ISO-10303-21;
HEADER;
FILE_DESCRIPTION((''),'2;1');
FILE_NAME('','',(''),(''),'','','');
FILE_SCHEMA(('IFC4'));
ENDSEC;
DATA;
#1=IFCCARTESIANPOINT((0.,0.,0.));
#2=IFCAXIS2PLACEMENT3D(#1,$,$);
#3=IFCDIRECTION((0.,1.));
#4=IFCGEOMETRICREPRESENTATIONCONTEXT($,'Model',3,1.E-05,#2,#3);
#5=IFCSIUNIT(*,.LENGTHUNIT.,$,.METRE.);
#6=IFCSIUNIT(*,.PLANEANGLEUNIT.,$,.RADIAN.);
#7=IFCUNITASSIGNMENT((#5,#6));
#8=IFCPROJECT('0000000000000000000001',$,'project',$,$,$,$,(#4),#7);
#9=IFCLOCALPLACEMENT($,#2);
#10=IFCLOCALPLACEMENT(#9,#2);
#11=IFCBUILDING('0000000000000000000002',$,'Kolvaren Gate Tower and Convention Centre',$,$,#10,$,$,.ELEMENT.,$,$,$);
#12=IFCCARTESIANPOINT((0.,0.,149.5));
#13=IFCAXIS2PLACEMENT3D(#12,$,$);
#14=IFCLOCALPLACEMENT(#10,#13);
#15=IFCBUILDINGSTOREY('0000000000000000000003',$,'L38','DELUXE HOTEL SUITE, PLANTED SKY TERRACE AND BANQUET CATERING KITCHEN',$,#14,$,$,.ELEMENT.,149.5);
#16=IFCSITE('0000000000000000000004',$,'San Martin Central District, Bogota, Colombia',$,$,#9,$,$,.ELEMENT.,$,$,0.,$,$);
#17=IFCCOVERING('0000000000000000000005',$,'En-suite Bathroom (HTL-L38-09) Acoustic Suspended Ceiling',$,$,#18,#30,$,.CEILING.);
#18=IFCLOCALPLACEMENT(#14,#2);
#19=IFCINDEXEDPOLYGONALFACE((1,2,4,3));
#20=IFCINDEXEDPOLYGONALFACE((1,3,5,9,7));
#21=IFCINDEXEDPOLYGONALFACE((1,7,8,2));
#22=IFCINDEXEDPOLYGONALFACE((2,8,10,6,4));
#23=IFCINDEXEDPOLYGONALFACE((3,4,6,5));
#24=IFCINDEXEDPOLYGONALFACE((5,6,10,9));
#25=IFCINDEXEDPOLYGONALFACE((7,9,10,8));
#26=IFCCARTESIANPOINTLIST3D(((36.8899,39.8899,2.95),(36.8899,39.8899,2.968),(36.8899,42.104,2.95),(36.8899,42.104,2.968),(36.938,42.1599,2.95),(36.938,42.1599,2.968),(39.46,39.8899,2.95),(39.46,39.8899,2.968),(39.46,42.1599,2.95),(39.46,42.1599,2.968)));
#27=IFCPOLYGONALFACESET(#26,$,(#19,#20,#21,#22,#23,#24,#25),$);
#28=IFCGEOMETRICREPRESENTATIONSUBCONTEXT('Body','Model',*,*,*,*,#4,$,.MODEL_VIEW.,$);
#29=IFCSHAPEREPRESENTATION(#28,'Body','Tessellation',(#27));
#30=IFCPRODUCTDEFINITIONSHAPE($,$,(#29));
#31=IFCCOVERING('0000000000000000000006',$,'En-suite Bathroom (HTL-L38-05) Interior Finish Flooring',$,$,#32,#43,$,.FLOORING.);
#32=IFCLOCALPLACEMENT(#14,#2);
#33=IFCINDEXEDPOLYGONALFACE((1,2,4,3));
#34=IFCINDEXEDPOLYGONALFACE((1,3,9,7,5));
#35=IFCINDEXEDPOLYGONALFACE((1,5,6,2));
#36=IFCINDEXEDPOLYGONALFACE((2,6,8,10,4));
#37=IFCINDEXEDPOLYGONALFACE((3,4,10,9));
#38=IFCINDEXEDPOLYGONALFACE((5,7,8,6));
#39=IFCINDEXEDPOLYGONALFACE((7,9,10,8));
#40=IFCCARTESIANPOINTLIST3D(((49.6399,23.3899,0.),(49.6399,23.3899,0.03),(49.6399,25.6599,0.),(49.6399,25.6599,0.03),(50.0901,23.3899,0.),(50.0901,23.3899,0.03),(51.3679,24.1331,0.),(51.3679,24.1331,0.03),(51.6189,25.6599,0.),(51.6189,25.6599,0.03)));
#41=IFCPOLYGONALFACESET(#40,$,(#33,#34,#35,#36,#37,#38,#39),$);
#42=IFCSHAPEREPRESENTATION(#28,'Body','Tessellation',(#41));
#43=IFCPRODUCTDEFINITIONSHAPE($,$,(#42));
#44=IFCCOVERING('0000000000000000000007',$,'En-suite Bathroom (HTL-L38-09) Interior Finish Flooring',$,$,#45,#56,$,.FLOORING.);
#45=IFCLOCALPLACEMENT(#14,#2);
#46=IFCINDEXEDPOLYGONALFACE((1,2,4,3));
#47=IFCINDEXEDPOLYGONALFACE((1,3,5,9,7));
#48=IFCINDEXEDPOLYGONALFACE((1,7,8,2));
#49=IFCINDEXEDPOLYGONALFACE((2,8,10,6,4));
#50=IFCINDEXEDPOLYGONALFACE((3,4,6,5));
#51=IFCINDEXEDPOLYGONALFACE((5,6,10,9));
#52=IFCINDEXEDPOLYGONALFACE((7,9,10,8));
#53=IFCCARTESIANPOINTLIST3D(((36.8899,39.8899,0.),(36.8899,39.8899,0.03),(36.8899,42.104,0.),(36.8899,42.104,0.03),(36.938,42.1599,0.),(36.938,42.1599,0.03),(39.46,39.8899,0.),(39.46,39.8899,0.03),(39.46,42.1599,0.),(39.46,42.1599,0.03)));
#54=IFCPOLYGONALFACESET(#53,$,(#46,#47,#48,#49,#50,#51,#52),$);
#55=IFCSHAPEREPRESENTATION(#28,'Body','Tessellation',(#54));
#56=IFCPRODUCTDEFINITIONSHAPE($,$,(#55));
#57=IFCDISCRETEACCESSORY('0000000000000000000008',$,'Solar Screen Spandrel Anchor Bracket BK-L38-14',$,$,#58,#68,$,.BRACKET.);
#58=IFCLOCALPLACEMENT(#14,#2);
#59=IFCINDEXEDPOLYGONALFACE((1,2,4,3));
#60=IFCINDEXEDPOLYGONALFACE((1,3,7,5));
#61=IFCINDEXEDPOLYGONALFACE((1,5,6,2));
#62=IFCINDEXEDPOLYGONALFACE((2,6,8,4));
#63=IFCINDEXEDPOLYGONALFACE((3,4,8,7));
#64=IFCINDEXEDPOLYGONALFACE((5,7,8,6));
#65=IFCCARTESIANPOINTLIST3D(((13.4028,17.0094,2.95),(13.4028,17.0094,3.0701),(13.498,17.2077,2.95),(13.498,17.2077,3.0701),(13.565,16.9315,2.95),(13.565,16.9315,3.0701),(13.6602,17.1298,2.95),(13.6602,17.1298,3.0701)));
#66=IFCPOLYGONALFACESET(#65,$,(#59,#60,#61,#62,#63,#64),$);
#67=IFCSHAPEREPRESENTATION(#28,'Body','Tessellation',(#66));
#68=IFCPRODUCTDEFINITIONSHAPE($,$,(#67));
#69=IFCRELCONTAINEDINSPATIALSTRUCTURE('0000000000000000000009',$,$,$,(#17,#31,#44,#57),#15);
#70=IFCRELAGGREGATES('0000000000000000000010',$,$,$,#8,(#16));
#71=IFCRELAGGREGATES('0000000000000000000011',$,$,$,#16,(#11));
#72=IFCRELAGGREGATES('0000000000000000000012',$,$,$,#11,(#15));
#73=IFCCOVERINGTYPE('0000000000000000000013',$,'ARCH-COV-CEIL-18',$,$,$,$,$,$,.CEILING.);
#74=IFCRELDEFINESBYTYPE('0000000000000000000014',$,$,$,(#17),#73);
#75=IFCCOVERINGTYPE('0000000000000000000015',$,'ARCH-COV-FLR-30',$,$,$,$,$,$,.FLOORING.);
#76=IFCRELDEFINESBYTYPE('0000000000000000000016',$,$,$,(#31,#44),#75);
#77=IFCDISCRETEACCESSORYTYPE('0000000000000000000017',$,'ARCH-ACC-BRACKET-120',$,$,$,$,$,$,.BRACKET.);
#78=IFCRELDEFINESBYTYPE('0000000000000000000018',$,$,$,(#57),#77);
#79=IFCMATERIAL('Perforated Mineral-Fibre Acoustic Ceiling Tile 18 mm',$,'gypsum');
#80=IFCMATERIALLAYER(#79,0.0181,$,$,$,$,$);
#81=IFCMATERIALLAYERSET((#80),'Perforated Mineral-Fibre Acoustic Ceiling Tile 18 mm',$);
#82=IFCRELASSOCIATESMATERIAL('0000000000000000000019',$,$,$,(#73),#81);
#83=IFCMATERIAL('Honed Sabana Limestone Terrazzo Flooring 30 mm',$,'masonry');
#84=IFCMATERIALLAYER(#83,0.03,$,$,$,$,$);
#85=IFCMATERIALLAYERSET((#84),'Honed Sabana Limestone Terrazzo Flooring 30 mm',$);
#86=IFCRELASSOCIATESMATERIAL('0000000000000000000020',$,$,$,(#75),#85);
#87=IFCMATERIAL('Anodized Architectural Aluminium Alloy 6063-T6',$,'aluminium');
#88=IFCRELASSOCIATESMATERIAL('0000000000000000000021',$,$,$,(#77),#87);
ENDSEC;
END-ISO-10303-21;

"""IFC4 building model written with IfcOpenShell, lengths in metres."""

from ifc_helpers import new_model, si_unit, direction, frame, origin, origin_2d, place, context, subcontext, project, spatial, polyline, rectangle, outline, extrude, material, layer, layer_set, type_object, element, save


model = new_model("IFC4")

# Units and contexts
model_context = context("Model", 3, precision=1e-05, world=origin(), true_north=direction((0.0, 1.0)))
body_context = subcontext(model_context, "Body", "Model", "MODEL_VIEW")
ifc_project = project(units=[si_unit("LENGTHUNIT", "METRE"), si_unit("PLANEANGLEUNIT", "RADIAN")], contexts=[model_context])

# Site, building, storey
site_placement = place(None, origin())
site = spatial("IfcSite", under=ifc_project, at=site_placement, Name="San Martin Central District, Bogota, Colombia", CompositionType="ELEMENT", RefElevation=0.0)
building_placement = place(site_placement, origin())
building = spatial("IfcBuilding", under=site, at=building_placement, Name="Kolvaren Gate Tower and Convention Centre", CompositionType="ELEMENT")
storey_placement = place(building_placement, frame((0.0, 0.0, 149.5)))
storey = spatial("IfcBuildingStorey", under=building, at=storey_placement, Name="L38", Description="DELUXE HOTEL SUITE, PLANTED SKY TERRACE AND BANQUET CATERING KITCHEN", CompositionType="ELEMENT", Elevation=149.5)

# Shared definitions
ifc_material_1 = material(Name="Anodized Architectural Aluminium Alloy 6063-T6", Category="aluminium")

# Coverings
ifc_material_2 = material(Name="Perforated Mineral-Fibre Acoustic Ceiling Tile 18 mm", Category="gypsum")
ifc_layer_1 = layer(ifc_material_2, 0.0181)
ifc_layer_set_1 = layer_set([ifc_layer_1], Name="Perforated Mineral-Fibre Acoustic Ceiling Tile 18 mm")
covering_type_1 = type_object("IfcCoveringType", Name="ARCH-COV-CEIL-18", PredefinedType="CEILING", material=ifc_layer_set_1)
covering_1_placement = place(storey_placement, frame((0.0, 0.0, 2.95)))
element("IfcCovering", 1, at=covering_1_placement, inside=storey, type_object=covering_type_1, Name="En-suite Bathroom (HTL-L38-09) Acoustic Suspended Ceiling", PredefinedType="CEILING", context=body_context, shape_type="SweptSolid", body=[
    extrude(outline(polyline([(39.46, 42.1599), (39.46, 39.8899), (36.8899, 39.8899), (36.8899, 42.104), (36.938, 42.1599), (39.46, 42.1599)])), origin(), (0.0, 0.0, 1.0), 0.0181),
])
ifc_material_3 = material(Name="Honed Sabana Limestone Terrazzo Flooring 30 mm", Category="masonry")
ifc_layer_2 = layer(ifc_material_3, 0.03)
ifc_layer_set_2 = layer_set([ifc_layer_2], Name="Honed Sabana Limestone Terrazzo Flooring 30 mm")
covering_type_2 = type_object("IfcCoveringType", Name="ARCH-COV-FLR-30", PredefinedType="FLOORING", material=ifc_layer_set_2)
covering_2_placement = place(storey_placement, origin())
element("IfcCovering", 2, at=covering_2_placement, inside=storey, type_object=covering_type_2, Name="En-suite Bathroom (HTL-L38-05) Interior Finish Flooring", PredefinedType="FLOORING", context=body_context, shape_type="SweptSolid", body=[
    extrude(outline(polyline([(49.6399, 23.3899), (49.6399, 25.6599), (51.6189, 25.6599), (51.3679, 24.1331), (50.0901, 23.3899), (49.6399, 23.3899)])), origin(), (0.0, 0.0, 1.0), 0.03),
])
covering_3_placement = place(storey_placement, origin())
element("IfcCovering", 3, at=covering_3_placement, inside=storey, type_object=covering_type_2, Name="En-suite Bathroom (HTL-L38-09) Interior Finish Flooring", PredefinedType="FLOORING", context=body_context, shape_type="SweptSolid", body=[
    extrude(outline(polyline([(39.46, 42.1599), (39.46, 39.8899), (36.8899, 39.8899), (36.8899, 42.104), (36.938, 42.1599), (39.46, 42.1599)])), origin(), (0.0, 0.0, 1.0), 0.03),
])

# Discrete accessory
discrete_accessory_type = type_object("IfcDiscreteAccessoryType", Name="ARCH-ACC-BRACKET-120", PredefinedType="BRACKET", material=ifc_material_1)
discrete_accessory_placement = place(storey_placement, frame((13.5315, 17.0696, 2.95), z_axis=(0.0, 0.0, 1.0), x_axis=(0.901358, -0.433074, 0.0)))
element("IfcDiscreteAccessory", 4, at=discrete_accessory_placement, inside=storey, type_object=discrete_accessory_type, Name="Solar Screen Spandrel Anchor Bracket BK-L38-14", PredefinedType="BRACKET", context=body_context, shape_type="SweptSolid", body=[
    extrude(rectangle(XDim=0.1799, YDim=0.22, at=origin_2d()), origin(), (0.0, 0.0, 1.0), 0.1201),
])

save(model, "model.ifc")
